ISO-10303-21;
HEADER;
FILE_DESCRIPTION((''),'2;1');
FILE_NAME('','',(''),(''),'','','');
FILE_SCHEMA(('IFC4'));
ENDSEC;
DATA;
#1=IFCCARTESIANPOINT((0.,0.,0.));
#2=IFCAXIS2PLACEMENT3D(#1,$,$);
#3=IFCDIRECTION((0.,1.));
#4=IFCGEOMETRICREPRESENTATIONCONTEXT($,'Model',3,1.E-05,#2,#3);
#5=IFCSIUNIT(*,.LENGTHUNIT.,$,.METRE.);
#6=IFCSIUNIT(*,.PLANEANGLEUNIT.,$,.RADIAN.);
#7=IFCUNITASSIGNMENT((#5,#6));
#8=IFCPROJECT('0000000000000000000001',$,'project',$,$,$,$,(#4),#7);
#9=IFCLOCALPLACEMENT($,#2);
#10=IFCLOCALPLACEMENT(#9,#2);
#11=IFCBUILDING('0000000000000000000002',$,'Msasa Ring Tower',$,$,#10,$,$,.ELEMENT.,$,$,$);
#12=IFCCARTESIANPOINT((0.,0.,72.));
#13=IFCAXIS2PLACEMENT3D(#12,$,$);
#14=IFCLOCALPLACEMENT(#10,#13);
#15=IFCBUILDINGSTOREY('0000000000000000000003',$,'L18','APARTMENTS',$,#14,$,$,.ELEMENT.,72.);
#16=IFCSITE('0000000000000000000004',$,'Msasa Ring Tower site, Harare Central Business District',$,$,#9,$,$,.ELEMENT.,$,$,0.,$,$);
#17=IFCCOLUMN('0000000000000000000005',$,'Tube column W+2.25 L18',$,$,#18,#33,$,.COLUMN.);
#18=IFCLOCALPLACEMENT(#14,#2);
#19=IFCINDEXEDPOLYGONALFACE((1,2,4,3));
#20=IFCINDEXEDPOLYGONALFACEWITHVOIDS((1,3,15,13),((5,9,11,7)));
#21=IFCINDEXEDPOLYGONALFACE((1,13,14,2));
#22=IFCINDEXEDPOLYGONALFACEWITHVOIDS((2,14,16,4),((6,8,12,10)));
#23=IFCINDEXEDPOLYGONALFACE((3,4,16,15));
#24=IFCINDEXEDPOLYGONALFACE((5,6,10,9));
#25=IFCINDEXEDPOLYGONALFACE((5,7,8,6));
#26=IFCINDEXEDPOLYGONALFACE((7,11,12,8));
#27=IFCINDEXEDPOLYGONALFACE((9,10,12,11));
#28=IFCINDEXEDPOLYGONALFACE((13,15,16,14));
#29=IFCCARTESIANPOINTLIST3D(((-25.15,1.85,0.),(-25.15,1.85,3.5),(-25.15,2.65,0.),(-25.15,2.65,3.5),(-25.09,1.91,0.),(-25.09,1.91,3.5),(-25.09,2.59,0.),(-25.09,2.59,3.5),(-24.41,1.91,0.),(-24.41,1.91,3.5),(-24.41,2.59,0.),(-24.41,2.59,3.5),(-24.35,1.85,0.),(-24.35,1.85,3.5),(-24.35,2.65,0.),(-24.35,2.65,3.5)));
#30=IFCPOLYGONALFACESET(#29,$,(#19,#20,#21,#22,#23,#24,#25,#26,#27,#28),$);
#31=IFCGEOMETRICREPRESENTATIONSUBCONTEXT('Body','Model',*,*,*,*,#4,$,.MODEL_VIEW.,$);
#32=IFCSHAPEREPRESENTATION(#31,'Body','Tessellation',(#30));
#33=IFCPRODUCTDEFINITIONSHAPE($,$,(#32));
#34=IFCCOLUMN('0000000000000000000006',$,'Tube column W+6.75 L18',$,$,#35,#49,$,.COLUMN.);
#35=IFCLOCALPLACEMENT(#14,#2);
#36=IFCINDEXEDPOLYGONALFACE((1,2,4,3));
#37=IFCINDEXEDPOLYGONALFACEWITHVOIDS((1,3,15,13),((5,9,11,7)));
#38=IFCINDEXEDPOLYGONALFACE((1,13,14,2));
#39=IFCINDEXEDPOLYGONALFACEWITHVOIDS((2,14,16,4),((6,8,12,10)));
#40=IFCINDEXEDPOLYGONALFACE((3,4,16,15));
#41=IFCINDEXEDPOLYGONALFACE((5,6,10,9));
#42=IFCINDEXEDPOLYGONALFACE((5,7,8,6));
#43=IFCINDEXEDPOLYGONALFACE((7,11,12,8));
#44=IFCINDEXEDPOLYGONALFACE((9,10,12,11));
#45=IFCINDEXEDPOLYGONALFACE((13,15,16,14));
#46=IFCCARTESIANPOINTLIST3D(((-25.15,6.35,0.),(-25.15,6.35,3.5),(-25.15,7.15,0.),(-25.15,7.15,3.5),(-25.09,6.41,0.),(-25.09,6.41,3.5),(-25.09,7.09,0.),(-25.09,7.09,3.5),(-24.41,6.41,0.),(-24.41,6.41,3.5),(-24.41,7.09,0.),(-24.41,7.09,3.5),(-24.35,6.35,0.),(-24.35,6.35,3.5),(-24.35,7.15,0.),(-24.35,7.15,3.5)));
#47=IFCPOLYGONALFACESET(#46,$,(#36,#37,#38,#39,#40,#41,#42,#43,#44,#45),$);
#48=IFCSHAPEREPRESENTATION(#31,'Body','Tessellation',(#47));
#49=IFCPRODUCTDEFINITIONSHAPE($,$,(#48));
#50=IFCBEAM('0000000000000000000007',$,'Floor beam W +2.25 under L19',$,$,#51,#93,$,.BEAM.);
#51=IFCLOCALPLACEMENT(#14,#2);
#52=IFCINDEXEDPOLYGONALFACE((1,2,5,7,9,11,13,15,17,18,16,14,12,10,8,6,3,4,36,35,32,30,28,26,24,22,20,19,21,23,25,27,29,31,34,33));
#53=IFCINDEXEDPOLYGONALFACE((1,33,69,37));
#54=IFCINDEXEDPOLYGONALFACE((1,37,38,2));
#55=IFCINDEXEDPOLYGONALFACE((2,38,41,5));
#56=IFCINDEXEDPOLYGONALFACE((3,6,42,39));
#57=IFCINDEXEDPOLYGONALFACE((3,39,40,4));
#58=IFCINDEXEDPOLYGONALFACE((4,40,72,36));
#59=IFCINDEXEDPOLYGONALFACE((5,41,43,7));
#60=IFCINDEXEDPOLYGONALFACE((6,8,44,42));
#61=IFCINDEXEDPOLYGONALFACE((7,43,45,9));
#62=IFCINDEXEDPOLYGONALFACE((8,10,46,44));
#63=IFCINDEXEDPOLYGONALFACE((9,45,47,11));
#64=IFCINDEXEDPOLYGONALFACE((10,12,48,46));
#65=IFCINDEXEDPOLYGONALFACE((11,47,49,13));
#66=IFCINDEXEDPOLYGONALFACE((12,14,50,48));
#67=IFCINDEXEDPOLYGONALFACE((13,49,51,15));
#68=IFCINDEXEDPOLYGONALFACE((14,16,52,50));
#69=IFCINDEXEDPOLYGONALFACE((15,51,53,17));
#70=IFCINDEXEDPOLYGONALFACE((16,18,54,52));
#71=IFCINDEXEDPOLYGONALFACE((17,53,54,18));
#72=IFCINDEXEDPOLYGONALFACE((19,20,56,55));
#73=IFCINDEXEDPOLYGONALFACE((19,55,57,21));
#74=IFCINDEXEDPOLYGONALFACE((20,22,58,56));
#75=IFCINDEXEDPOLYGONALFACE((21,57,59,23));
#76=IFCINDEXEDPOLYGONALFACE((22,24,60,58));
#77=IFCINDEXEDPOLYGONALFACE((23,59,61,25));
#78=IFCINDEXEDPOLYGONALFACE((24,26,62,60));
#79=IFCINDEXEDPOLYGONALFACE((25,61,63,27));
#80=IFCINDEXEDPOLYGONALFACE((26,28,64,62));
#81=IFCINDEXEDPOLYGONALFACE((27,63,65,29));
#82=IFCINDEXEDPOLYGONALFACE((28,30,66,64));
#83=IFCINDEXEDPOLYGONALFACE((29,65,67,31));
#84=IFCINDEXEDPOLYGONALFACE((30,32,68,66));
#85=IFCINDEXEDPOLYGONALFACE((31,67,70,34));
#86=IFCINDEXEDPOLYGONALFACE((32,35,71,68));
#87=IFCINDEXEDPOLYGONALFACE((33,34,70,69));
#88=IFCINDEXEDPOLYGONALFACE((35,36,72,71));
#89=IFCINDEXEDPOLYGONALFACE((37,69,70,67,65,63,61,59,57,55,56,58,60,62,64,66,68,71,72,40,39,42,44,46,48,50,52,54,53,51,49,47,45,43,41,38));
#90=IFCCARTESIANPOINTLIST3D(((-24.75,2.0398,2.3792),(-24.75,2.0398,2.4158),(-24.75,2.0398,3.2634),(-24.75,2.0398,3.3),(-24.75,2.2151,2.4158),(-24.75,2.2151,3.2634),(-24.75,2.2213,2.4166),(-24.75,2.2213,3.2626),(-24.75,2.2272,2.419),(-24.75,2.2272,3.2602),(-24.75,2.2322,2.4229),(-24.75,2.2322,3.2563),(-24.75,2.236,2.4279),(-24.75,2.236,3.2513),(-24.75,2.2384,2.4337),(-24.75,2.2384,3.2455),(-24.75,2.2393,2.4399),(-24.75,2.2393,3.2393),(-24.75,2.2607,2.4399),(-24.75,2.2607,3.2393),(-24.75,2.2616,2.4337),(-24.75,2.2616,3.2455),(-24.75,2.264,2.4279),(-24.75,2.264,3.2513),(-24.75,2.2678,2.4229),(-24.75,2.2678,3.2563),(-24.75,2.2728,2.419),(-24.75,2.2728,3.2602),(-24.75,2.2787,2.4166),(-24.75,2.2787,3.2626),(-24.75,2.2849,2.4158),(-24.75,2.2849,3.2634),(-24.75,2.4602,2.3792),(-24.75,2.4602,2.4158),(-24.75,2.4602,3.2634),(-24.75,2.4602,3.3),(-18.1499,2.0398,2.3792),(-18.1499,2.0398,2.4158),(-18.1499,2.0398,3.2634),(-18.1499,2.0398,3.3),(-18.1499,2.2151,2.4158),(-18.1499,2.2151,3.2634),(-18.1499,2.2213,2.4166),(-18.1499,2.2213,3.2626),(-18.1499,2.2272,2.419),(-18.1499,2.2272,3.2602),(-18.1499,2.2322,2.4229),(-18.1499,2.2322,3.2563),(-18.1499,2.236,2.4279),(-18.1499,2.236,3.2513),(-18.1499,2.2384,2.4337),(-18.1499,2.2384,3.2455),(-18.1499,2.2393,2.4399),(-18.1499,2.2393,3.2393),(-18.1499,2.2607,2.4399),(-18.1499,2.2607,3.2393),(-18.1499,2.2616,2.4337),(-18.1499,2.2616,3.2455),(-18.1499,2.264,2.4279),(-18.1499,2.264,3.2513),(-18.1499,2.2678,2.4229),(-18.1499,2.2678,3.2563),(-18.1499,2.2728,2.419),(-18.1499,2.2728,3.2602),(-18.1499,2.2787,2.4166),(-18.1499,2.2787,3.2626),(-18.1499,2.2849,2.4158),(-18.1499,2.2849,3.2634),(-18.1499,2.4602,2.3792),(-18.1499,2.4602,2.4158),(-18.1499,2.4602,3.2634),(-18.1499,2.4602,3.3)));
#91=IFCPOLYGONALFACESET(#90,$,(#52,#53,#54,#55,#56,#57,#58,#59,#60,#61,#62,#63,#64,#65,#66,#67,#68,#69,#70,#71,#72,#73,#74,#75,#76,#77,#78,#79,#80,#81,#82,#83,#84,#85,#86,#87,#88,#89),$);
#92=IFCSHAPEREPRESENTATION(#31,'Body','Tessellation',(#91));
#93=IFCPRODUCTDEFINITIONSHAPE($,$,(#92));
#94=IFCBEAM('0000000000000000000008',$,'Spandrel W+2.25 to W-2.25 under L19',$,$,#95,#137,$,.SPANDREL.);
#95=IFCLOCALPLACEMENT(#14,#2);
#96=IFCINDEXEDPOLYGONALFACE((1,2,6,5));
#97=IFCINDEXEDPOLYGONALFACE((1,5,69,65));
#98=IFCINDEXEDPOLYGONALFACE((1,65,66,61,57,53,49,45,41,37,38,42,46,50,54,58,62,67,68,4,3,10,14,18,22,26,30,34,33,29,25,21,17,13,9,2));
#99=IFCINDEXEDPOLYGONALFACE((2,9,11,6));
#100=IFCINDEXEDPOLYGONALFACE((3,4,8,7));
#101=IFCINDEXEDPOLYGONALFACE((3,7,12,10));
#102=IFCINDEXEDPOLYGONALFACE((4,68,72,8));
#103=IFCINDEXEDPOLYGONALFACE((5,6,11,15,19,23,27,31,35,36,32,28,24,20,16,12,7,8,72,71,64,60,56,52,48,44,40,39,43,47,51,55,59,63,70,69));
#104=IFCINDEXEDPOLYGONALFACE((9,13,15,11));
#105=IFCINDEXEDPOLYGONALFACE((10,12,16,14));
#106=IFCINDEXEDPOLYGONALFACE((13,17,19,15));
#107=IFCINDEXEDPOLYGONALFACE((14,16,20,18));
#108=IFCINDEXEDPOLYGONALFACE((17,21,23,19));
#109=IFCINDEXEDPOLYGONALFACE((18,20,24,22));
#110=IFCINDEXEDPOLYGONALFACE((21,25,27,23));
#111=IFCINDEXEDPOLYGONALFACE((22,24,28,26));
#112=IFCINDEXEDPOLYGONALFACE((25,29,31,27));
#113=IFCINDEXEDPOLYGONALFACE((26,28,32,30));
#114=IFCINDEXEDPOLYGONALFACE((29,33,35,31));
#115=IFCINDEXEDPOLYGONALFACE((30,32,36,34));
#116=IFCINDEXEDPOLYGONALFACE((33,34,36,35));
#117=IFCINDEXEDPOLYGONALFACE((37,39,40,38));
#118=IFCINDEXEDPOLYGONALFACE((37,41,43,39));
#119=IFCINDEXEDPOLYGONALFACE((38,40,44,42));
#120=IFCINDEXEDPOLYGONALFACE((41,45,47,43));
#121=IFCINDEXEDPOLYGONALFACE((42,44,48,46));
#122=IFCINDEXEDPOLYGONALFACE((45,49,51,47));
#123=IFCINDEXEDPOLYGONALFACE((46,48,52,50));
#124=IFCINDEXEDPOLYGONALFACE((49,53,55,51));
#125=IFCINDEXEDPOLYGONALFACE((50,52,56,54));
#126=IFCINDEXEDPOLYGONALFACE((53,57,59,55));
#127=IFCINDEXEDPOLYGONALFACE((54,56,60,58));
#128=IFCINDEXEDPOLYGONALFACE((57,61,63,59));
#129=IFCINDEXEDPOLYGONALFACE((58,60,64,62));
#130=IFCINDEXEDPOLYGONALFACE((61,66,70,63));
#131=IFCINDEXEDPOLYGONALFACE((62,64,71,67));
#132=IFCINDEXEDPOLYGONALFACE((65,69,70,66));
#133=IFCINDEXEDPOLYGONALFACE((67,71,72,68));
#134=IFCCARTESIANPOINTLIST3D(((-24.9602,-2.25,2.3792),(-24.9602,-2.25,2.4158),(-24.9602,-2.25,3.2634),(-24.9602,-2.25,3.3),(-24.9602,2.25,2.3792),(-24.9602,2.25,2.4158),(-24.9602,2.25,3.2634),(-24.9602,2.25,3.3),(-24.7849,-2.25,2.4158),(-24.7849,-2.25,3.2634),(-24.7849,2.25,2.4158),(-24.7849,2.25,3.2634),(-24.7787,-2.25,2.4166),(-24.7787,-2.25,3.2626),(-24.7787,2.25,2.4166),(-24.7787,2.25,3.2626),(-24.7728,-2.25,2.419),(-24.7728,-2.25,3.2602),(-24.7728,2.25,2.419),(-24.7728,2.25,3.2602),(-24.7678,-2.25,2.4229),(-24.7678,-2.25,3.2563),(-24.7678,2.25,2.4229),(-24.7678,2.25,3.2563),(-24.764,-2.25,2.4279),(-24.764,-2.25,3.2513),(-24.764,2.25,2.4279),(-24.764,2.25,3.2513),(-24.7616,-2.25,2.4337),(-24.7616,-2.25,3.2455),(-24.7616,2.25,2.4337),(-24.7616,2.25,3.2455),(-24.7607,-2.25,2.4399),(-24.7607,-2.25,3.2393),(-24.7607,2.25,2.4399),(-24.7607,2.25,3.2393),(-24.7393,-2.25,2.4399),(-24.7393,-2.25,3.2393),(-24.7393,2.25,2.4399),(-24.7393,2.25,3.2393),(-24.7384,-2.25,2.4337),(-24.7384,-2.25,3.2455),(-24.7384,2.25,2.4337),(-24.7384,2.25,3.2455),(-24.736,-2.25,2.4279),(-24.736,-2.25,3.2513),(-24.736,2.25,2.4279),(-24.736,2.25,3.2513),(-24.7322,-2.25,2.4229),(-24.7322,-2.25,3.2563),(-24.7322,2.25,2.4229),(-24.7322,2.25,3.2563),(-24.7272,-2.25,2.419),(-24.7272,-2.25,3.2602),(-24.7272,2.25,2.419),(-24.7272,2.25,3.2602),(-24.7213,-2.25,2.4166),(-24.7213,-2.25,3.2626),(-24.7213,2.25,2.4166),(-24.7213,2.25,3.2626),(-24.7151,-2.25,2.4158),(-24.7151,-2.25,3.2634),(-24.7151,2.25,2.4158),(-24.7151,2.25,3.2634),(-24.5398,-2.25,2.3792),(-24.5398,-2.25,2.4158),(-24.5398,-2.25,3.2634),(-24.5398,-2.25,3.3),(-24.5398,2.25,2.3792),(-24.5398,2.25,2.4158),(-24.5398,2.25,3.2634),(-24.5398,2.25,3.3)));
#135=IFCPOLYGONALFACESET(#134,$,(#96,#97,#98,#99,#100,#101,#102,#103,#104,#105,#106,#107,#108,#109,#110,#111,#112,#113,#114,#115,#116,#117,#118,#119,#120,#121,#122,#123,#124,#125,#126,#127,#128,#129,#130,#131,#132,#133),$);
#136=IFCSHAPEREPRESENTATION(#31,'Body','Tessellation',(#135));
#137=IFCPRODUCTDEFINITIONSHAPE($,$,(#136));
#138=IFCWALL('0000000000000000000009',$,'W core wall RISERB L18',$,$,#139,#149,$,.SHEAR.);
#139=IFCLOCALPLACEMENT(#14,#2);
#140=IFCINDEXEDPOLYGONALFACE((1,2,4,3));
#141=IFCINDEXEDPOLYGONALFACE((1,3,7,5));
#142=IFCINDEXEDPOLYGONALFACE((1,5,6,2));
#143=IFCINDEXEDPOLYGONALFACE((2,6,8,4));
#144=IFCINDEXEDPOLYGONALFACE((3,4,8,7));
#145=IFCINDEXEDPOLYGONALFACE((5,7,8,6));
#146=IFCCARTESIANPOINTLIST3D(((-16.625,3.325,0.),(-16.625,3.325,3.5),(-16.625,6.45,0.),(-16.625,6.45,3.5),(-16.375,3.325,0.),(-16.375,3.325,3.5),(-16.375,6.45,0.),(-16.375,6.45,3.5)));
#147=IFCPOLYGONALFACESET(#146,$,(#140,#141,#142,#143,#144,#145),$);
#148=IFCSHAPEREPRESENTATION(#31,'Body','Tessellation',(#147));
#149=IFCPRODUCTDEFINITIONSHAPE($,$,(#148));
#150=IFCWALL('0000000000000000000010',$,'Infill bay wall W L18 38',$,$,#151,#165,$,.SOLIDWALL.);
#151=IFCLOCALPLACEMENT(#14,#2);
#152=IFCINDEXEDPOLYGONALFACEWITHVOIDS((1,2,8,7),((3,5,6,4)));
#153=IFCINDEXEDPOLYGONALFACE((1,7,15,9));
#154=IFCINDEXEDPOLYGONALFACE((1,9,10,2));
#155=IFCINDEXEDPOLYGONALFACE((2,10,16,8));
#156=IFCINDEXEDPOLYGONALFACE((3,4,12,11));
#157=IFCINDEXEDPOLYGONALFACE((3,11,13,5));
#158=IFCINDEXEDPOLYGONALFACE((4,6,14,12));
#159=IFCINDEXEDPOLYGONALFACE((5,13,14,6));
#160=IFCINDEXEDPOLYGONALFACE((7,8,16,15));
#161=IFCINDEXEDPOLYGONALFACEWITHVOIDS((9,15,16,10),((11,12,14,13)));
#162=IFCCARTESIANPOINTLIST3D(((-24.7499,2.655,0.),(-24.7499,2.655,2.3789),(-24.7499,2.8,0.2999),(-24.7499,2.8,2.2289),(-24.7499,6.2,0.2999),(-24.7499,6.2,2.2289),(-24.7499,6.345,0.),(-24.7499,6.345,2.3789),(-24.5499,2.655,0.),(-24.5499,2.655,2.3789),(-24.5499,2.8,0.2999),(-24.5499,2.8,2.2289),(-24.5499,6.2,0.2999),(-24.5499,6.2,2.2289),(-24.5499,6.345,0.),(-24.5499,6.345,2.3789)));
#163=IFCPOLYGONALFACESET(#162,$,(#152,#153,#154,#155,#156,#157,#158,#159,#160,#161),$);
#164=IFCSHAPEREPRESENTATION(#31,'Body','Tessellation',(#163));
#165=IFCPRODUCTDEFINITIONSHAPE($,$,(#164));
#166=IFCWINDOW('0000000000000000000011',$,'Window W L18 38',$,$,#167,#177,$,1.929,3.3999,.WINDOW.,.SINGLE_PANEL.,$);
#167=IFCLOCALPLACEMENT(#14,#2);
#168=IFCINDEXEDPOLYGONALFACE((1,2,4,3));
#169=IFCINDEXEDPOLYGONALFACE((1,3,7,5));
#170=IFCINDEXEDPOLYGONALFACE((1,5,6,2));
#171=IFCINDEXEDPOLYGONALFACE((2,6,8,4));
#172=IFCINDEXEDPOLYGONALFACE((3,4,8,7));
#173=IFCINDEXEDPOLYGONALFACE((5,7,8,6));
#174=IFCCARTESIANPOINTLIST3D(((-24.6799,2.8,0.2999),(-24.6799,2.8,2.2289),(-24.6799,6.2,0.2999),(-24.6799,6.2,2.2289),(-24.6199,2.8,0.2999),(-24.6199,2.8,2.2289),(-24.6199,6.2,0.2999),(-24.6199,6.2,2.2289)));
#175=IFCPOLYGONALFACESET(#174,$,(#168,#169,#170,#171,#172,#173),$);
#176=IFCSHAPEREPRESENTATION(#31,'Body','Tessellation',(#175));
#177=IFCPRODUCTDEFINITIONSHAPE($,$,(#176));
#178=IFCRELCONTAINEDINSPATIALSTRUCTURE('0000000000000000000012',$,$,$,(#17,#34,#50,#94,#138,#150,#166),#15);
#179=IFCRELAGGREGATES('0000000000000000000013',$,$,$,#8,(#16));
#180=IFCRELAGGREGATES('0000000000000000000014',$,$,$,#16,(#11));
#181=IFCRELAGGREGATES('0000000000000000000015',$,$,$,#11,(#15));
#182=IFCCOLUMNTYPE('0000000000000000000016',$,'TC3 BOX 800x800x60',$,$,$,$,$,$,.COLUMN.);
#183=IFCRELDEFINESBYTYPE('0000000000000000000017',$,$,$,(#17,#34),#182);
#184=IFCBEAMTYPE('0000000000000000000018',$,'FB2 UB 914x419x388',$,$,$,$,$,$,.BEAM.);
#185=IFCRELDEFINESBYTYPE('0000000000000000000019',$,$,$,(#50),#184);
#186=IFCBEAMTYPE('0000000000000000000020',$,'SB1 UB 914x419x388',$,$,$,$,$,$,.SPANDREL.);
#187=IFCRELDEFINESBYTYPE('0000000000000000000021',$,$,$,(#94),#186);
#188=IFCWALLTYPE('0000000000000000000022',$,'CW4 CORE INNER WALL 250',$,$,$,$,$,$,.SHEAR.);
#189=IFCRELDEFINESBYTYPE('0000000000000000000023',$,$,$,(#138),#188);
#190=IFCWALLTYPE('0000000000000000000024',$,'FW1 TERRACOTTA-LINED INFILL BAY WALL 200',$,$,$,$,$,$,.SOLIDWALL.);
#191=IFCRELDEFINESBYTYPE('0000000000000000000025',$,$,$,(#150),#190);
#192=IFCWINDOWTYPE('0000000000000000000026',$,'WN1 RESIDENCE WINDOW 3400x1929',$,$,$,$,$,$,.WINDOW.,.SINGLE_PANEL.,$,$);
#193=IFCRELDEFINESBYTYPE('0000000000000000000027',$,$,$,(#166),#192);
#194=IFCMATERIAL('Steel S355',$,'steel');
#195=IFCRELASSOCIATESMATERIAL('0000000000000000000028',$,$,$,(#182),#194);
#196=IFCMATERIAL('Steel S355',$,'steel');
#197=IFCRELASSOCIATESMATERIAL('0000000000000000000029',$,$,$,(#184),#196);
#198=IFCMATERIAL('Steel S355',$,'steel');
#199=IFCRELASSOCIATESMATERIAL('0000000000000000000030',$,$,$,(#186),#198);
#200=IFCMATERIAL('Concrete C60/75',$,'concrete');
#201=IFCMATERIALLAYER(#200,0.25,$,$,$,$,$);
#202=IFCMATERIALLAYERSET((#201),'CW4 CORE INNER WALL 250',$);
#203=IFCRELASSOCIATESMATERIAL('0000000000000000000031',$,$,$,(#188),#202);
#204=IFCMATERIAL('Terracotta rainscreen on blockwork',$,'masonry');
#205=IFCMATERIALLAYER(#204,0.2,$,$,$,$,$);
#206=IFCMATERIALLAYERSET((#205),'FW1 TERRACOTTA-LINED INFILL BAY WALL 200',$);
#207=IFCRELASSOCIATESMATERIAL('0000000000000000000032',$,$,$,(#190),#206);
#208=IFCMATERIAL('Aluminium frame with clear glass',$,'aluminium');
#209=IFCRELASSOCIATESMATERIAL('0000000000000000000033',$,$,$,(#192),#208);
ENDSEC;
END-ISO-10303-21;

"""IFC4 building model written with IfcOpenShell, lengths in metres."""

from ifc_helpers import new_model, si_unit, direction, frame, frame_2d, origin, origin_2d, place, context, subcontext, project, spatial, rectangle, hollow_rectangle, i_section, extrude, material, layer, layer_set, material_profile, profile_set, type_object, element, fill, save


model = new_model("IFC4")

# Units and contexts
model_context = context("Model", 3, precision=1e-05, world=origin(), true_north=direction((0.0, 1.0)))
body_context = subcontext(model_context, "Body", "Model", "MODEL_VIEW")
ifc_project = project(units=[si_unit("LENGTHUNIT", "METRE"), si_unit("PLANEANGLEUNIT", "RADIAN")], contexts=[model_context])

# Site, building, storey
site_placement = place(None, origin())
site = spatial("IfcSite", under=ifc_project, at=site_placement, Name="Msasa Ring Tower site, Harare Central Business District", CompositionType="ELEMENT", RefElevation=0.0)
building_placement = place(site_placement, origin())
building = spatial("IfcBuilding", under=site, at=building_placement, Name="Msasa Ring Tower", CompositionType="ELEMENT")
storey_placement = place(building_placement, frame((0.0, 0.0, 72.0)))
storey = spatial("IfcBuildingStorey", under=building, at=storey_placement, Name="L18", Description="APARTMENTS", CompositionType="ELEMENT", Elevation=72.0)

# Columns
ifc_material_1 = material(Name="Steel S355", Category="steel")
ifc_material_profile_1 = material_profile(ifc_material_1, hollow_rectangle(XDim=0.8, YDim=0.8, WallThickness=0.0601, at=origin_2d()), Name="BOX 800x800x60")
ifc_profile_set_1 = profile_set([ifc_material_profile_1], Name="Steel S355")
column_type = type_object("IfcColumnType", Name="TC3 BOX 800x800x60", PredefinedType="COLUMN", material=ifc_profile_set_1)
for number, where, z_axis, x_axis, name in (
    (1, (-24.75, 2.25, 0.0), (0.0, 0.0, 1.0), (1.0, 0.0, 0.0), "Tube column W+2.25 L18"),
    (2, (-24.75, 6.75, 0.0), (0.0, 0.0, 1.0), (1.0, 0.0, 0.0), "Tube column W+6.75 L18"),
):
    element("IfcColumn", number, at=place(storey_placement, frame(where, z_axis=z_axis, x_axis=x_axis)), inside=storey, type_object=column_type, Name=name, PredefinedType="COLUMN", context=body_context, shape_type="SweptSolid", body=[
        extrude(hollow_rectangle(XDim=0.8, YDim=0.8, WallThickness=0.0601, at=origin_2d()), origin(), (0.0, 0.0, 1.0), 3.5),
    ])

# Beams
ifc_material_2 = material(Name="Steel S355", Category="steel")
ifc_material_profile_2 = material_profile(ifc_material_2, i_section(OverallWidth=0.4204, OverallDepth=0.9209, WebThickness=0.0215, FlangeThickness=0.0366, FilletRadius=0.0242, at=origin_2d()), Name="UB 914x419x388")
ifc_profile_set_2 = profile_set([ifc_material_profile_2], Name="Steel S355")
beam_type_1 = type_object("IfcBeamType", Name="FB2 UB 914x419x388", PredefinedType="BEAM", material=ifc_profile_set_2)
beam_1_placement = place(storey_placement, frame((-24.75, 2.25, 2.8396), z_axis=(1.0, 0.0, 0.0), x_axis=(0.0, 1.0, 0.0)))
element("IfcBeam", 3, at=beam_1_placement, inside=storey, type_object=beam_type_1, Name="Floor beam W +2.25 under L19", PredefinedType="BEAM", context=body_context, shape_type="SweptSolid", body=[
    extrude(i_section(OverallWidth=0.4204, OverallDepth=0.9209, WebThickness=0.0215, FlangeThickness=0.0366, FilletRadius=0.0242, at=origin_2d()), origin(), (0.0, 0.0, 1.0), 6.6001),
])
ifc_material_3 = material(Name="Steel S355", Category="steel")
ifc_material_profile_3 = material_profile(ifc_material_3, i_section(OverallWidth=0.4204, OverallDepth=0.9209, WebThickness=0.0215, FlangeThickness=0.0366, FilletRadius=0.0242, at=origin_2d()), Name="UB 914x419x388")
ifc_profile_set_3 = profile_set([ifc_material_profile_3], Name="Steel S355")
beam_type_2 = type_object("IfcBeamType", Name="SB1 UB 914x419x388", PredefinedType="SPANDREL", material=ifc_profile_set_3)
beam_2_placement = place(storey_placement, frame((-24.75, 2.25, 2.8396), z_axis=(0.0, -1.0, 0.0), x_axis=(1.0, 0.0, 0.0)))
element("IfcBeam", 4, at=beam_2_placement, inside=storey, type_object=beam_type_2, Name="Spandrel W+2.25 to W-2.25 under L19", PredefinedType="SPANDREL", context=body_context, shape_type="SweptSolid", body=[
    extrude(i_section(OverallWidth=0.4204, OverallDepth=0.9209, WebThickness=0.0215, FlangeThickness=0.0366, FilletRadius=0.0242, at=origin_2d()), origin(), (0.0, 0.0, 1.0), 4.5),
])

# Wall
ifc_material_4 = material(Name="Concrete C60/75", Category="concrete")
ifc_layer_1 = layer(ifc_material_4, 0.25)
ifc_layer_set_1 = layer_set([ifc_layer_1], Name="CW4 CORE INNER WALL 250")
wall_type_1 = type_object("IfcWallType", Name="CW4 CORE INNER WALL 250", PredefinedType="SHEAR", material=ifc_layer_set_1)
wall_1_placement = place(storey_placement, frame((-16.5, 3.325, 0.0), z_axis=(0.0, 0.0, 1.0), x_axis=(0.0, 1.0, 0.0)))
element("IfcWall", 5, at=wall_1_placement, inside=storey, type_object=wall_type_1, Name="W core wall RISERB L18", PredefinedType="SHEAR", context=body_context, shape_type="SweptSolid", body=[
    extrude(rectangle(XDim=3.125, YDim=0.25, at=frame_2d((1.5625, 0.0))), origin(), (0.0, 0.0, 1.0), 3.5),
])

# Wall, opening, window
ifc_material_5 = material(Name="Terracotta rainscreen on blockwork", Category="masonry")
ifc_layer_2 = layer(ifc_material_5, 0.2)
ifc_layer_set_2 = layer_set([ifc_layer_2], Name="FW1 TERRACOTTA-LINED INFILL BAY WALL 200")
wall_type_2 = type_object("IfcWallType", Name="FW1 TERRACOTTA-LINED INFILL BAY WALL 200", PredefinedType="SOLIDWALL", material=ifc_layer_set_2)
wall_2_placement = place(storey_placement, frame((-24.6499, 2.655, 0.0), z_axis=(0.0, 0.0, 1.0), x_axis=(0.0, 1.0, 0.0)))
wall_2 = element("IfcWall", 6, at=wall_2_placement, inside=storey, type_object=wall_type_2, Name="Infill bay wall W L18 38", PredefinedType="SOLIDWALL", context=body_context, shape_type="SweptSolid", body=[
    extrude(rectangle(XDim=3.6899, YDim=0.2, at=frame_2d((1.845, 0.0))), origin(), (0.0, 0.0, 1.0), 2.3789),
])
opening_1_placement = place(wall_2_placement, frame((0.145, 0.0, 0.3)))
opening_1 = element("IfcOpeningElement", 7, at=opening_1_placement, cuts=wall_2, PredefinedType="OPENING", context=body_context, shape_type="SweptSolid", body=[
    extrude(rectangle(XDim=3.3999, YDim=1.929, at=frame_2d((1.7, 0.9644))), frame((0.0, 0.1099, 0.0), z_axis=(0.0, -1.0, 0.0), x_axis=(1.0, 0.0, 0.0)), (0.0, 0.0, 1.0), 0.22),
])
ifc_material_6 = material(Name="Aluminium frame with clear glass", Category="aluminium")
window_type = type_object("IfcWindowType", Name="WN1 RESIDENCE WINDOW 3400x1929", PartitioningType="SINGLE_PANEL", PredefinedType="WINDOW", material=ifc_material_6)
window_placement = place(opening_1_placement, origin())
window = element("IfcWindow", 8, at=window_placement, inside=storey, type_object=window_type, Name="Window W L18 38", OverallHeight=1.929, OverallWidth=3.3999, PartitioningType="SINGLE_PANEL", PredefinedType="WINDOW", context=body_context, shape_type="SweptSolid", body=[
    extrude(rectangle(XDim=3.3999, YDim=1.929, at=frame_2d((1.7, 0.9644))), frame((0.0, 0.03, 0.0), z_axis=(0.0, -1.0, 0.0), x_axis=(1.0, 0.0, 0.0)), (0.0, 0.0, 1.0), 0.0601),
])
fill(opening_1, window)

save(model, "model.ifc")
